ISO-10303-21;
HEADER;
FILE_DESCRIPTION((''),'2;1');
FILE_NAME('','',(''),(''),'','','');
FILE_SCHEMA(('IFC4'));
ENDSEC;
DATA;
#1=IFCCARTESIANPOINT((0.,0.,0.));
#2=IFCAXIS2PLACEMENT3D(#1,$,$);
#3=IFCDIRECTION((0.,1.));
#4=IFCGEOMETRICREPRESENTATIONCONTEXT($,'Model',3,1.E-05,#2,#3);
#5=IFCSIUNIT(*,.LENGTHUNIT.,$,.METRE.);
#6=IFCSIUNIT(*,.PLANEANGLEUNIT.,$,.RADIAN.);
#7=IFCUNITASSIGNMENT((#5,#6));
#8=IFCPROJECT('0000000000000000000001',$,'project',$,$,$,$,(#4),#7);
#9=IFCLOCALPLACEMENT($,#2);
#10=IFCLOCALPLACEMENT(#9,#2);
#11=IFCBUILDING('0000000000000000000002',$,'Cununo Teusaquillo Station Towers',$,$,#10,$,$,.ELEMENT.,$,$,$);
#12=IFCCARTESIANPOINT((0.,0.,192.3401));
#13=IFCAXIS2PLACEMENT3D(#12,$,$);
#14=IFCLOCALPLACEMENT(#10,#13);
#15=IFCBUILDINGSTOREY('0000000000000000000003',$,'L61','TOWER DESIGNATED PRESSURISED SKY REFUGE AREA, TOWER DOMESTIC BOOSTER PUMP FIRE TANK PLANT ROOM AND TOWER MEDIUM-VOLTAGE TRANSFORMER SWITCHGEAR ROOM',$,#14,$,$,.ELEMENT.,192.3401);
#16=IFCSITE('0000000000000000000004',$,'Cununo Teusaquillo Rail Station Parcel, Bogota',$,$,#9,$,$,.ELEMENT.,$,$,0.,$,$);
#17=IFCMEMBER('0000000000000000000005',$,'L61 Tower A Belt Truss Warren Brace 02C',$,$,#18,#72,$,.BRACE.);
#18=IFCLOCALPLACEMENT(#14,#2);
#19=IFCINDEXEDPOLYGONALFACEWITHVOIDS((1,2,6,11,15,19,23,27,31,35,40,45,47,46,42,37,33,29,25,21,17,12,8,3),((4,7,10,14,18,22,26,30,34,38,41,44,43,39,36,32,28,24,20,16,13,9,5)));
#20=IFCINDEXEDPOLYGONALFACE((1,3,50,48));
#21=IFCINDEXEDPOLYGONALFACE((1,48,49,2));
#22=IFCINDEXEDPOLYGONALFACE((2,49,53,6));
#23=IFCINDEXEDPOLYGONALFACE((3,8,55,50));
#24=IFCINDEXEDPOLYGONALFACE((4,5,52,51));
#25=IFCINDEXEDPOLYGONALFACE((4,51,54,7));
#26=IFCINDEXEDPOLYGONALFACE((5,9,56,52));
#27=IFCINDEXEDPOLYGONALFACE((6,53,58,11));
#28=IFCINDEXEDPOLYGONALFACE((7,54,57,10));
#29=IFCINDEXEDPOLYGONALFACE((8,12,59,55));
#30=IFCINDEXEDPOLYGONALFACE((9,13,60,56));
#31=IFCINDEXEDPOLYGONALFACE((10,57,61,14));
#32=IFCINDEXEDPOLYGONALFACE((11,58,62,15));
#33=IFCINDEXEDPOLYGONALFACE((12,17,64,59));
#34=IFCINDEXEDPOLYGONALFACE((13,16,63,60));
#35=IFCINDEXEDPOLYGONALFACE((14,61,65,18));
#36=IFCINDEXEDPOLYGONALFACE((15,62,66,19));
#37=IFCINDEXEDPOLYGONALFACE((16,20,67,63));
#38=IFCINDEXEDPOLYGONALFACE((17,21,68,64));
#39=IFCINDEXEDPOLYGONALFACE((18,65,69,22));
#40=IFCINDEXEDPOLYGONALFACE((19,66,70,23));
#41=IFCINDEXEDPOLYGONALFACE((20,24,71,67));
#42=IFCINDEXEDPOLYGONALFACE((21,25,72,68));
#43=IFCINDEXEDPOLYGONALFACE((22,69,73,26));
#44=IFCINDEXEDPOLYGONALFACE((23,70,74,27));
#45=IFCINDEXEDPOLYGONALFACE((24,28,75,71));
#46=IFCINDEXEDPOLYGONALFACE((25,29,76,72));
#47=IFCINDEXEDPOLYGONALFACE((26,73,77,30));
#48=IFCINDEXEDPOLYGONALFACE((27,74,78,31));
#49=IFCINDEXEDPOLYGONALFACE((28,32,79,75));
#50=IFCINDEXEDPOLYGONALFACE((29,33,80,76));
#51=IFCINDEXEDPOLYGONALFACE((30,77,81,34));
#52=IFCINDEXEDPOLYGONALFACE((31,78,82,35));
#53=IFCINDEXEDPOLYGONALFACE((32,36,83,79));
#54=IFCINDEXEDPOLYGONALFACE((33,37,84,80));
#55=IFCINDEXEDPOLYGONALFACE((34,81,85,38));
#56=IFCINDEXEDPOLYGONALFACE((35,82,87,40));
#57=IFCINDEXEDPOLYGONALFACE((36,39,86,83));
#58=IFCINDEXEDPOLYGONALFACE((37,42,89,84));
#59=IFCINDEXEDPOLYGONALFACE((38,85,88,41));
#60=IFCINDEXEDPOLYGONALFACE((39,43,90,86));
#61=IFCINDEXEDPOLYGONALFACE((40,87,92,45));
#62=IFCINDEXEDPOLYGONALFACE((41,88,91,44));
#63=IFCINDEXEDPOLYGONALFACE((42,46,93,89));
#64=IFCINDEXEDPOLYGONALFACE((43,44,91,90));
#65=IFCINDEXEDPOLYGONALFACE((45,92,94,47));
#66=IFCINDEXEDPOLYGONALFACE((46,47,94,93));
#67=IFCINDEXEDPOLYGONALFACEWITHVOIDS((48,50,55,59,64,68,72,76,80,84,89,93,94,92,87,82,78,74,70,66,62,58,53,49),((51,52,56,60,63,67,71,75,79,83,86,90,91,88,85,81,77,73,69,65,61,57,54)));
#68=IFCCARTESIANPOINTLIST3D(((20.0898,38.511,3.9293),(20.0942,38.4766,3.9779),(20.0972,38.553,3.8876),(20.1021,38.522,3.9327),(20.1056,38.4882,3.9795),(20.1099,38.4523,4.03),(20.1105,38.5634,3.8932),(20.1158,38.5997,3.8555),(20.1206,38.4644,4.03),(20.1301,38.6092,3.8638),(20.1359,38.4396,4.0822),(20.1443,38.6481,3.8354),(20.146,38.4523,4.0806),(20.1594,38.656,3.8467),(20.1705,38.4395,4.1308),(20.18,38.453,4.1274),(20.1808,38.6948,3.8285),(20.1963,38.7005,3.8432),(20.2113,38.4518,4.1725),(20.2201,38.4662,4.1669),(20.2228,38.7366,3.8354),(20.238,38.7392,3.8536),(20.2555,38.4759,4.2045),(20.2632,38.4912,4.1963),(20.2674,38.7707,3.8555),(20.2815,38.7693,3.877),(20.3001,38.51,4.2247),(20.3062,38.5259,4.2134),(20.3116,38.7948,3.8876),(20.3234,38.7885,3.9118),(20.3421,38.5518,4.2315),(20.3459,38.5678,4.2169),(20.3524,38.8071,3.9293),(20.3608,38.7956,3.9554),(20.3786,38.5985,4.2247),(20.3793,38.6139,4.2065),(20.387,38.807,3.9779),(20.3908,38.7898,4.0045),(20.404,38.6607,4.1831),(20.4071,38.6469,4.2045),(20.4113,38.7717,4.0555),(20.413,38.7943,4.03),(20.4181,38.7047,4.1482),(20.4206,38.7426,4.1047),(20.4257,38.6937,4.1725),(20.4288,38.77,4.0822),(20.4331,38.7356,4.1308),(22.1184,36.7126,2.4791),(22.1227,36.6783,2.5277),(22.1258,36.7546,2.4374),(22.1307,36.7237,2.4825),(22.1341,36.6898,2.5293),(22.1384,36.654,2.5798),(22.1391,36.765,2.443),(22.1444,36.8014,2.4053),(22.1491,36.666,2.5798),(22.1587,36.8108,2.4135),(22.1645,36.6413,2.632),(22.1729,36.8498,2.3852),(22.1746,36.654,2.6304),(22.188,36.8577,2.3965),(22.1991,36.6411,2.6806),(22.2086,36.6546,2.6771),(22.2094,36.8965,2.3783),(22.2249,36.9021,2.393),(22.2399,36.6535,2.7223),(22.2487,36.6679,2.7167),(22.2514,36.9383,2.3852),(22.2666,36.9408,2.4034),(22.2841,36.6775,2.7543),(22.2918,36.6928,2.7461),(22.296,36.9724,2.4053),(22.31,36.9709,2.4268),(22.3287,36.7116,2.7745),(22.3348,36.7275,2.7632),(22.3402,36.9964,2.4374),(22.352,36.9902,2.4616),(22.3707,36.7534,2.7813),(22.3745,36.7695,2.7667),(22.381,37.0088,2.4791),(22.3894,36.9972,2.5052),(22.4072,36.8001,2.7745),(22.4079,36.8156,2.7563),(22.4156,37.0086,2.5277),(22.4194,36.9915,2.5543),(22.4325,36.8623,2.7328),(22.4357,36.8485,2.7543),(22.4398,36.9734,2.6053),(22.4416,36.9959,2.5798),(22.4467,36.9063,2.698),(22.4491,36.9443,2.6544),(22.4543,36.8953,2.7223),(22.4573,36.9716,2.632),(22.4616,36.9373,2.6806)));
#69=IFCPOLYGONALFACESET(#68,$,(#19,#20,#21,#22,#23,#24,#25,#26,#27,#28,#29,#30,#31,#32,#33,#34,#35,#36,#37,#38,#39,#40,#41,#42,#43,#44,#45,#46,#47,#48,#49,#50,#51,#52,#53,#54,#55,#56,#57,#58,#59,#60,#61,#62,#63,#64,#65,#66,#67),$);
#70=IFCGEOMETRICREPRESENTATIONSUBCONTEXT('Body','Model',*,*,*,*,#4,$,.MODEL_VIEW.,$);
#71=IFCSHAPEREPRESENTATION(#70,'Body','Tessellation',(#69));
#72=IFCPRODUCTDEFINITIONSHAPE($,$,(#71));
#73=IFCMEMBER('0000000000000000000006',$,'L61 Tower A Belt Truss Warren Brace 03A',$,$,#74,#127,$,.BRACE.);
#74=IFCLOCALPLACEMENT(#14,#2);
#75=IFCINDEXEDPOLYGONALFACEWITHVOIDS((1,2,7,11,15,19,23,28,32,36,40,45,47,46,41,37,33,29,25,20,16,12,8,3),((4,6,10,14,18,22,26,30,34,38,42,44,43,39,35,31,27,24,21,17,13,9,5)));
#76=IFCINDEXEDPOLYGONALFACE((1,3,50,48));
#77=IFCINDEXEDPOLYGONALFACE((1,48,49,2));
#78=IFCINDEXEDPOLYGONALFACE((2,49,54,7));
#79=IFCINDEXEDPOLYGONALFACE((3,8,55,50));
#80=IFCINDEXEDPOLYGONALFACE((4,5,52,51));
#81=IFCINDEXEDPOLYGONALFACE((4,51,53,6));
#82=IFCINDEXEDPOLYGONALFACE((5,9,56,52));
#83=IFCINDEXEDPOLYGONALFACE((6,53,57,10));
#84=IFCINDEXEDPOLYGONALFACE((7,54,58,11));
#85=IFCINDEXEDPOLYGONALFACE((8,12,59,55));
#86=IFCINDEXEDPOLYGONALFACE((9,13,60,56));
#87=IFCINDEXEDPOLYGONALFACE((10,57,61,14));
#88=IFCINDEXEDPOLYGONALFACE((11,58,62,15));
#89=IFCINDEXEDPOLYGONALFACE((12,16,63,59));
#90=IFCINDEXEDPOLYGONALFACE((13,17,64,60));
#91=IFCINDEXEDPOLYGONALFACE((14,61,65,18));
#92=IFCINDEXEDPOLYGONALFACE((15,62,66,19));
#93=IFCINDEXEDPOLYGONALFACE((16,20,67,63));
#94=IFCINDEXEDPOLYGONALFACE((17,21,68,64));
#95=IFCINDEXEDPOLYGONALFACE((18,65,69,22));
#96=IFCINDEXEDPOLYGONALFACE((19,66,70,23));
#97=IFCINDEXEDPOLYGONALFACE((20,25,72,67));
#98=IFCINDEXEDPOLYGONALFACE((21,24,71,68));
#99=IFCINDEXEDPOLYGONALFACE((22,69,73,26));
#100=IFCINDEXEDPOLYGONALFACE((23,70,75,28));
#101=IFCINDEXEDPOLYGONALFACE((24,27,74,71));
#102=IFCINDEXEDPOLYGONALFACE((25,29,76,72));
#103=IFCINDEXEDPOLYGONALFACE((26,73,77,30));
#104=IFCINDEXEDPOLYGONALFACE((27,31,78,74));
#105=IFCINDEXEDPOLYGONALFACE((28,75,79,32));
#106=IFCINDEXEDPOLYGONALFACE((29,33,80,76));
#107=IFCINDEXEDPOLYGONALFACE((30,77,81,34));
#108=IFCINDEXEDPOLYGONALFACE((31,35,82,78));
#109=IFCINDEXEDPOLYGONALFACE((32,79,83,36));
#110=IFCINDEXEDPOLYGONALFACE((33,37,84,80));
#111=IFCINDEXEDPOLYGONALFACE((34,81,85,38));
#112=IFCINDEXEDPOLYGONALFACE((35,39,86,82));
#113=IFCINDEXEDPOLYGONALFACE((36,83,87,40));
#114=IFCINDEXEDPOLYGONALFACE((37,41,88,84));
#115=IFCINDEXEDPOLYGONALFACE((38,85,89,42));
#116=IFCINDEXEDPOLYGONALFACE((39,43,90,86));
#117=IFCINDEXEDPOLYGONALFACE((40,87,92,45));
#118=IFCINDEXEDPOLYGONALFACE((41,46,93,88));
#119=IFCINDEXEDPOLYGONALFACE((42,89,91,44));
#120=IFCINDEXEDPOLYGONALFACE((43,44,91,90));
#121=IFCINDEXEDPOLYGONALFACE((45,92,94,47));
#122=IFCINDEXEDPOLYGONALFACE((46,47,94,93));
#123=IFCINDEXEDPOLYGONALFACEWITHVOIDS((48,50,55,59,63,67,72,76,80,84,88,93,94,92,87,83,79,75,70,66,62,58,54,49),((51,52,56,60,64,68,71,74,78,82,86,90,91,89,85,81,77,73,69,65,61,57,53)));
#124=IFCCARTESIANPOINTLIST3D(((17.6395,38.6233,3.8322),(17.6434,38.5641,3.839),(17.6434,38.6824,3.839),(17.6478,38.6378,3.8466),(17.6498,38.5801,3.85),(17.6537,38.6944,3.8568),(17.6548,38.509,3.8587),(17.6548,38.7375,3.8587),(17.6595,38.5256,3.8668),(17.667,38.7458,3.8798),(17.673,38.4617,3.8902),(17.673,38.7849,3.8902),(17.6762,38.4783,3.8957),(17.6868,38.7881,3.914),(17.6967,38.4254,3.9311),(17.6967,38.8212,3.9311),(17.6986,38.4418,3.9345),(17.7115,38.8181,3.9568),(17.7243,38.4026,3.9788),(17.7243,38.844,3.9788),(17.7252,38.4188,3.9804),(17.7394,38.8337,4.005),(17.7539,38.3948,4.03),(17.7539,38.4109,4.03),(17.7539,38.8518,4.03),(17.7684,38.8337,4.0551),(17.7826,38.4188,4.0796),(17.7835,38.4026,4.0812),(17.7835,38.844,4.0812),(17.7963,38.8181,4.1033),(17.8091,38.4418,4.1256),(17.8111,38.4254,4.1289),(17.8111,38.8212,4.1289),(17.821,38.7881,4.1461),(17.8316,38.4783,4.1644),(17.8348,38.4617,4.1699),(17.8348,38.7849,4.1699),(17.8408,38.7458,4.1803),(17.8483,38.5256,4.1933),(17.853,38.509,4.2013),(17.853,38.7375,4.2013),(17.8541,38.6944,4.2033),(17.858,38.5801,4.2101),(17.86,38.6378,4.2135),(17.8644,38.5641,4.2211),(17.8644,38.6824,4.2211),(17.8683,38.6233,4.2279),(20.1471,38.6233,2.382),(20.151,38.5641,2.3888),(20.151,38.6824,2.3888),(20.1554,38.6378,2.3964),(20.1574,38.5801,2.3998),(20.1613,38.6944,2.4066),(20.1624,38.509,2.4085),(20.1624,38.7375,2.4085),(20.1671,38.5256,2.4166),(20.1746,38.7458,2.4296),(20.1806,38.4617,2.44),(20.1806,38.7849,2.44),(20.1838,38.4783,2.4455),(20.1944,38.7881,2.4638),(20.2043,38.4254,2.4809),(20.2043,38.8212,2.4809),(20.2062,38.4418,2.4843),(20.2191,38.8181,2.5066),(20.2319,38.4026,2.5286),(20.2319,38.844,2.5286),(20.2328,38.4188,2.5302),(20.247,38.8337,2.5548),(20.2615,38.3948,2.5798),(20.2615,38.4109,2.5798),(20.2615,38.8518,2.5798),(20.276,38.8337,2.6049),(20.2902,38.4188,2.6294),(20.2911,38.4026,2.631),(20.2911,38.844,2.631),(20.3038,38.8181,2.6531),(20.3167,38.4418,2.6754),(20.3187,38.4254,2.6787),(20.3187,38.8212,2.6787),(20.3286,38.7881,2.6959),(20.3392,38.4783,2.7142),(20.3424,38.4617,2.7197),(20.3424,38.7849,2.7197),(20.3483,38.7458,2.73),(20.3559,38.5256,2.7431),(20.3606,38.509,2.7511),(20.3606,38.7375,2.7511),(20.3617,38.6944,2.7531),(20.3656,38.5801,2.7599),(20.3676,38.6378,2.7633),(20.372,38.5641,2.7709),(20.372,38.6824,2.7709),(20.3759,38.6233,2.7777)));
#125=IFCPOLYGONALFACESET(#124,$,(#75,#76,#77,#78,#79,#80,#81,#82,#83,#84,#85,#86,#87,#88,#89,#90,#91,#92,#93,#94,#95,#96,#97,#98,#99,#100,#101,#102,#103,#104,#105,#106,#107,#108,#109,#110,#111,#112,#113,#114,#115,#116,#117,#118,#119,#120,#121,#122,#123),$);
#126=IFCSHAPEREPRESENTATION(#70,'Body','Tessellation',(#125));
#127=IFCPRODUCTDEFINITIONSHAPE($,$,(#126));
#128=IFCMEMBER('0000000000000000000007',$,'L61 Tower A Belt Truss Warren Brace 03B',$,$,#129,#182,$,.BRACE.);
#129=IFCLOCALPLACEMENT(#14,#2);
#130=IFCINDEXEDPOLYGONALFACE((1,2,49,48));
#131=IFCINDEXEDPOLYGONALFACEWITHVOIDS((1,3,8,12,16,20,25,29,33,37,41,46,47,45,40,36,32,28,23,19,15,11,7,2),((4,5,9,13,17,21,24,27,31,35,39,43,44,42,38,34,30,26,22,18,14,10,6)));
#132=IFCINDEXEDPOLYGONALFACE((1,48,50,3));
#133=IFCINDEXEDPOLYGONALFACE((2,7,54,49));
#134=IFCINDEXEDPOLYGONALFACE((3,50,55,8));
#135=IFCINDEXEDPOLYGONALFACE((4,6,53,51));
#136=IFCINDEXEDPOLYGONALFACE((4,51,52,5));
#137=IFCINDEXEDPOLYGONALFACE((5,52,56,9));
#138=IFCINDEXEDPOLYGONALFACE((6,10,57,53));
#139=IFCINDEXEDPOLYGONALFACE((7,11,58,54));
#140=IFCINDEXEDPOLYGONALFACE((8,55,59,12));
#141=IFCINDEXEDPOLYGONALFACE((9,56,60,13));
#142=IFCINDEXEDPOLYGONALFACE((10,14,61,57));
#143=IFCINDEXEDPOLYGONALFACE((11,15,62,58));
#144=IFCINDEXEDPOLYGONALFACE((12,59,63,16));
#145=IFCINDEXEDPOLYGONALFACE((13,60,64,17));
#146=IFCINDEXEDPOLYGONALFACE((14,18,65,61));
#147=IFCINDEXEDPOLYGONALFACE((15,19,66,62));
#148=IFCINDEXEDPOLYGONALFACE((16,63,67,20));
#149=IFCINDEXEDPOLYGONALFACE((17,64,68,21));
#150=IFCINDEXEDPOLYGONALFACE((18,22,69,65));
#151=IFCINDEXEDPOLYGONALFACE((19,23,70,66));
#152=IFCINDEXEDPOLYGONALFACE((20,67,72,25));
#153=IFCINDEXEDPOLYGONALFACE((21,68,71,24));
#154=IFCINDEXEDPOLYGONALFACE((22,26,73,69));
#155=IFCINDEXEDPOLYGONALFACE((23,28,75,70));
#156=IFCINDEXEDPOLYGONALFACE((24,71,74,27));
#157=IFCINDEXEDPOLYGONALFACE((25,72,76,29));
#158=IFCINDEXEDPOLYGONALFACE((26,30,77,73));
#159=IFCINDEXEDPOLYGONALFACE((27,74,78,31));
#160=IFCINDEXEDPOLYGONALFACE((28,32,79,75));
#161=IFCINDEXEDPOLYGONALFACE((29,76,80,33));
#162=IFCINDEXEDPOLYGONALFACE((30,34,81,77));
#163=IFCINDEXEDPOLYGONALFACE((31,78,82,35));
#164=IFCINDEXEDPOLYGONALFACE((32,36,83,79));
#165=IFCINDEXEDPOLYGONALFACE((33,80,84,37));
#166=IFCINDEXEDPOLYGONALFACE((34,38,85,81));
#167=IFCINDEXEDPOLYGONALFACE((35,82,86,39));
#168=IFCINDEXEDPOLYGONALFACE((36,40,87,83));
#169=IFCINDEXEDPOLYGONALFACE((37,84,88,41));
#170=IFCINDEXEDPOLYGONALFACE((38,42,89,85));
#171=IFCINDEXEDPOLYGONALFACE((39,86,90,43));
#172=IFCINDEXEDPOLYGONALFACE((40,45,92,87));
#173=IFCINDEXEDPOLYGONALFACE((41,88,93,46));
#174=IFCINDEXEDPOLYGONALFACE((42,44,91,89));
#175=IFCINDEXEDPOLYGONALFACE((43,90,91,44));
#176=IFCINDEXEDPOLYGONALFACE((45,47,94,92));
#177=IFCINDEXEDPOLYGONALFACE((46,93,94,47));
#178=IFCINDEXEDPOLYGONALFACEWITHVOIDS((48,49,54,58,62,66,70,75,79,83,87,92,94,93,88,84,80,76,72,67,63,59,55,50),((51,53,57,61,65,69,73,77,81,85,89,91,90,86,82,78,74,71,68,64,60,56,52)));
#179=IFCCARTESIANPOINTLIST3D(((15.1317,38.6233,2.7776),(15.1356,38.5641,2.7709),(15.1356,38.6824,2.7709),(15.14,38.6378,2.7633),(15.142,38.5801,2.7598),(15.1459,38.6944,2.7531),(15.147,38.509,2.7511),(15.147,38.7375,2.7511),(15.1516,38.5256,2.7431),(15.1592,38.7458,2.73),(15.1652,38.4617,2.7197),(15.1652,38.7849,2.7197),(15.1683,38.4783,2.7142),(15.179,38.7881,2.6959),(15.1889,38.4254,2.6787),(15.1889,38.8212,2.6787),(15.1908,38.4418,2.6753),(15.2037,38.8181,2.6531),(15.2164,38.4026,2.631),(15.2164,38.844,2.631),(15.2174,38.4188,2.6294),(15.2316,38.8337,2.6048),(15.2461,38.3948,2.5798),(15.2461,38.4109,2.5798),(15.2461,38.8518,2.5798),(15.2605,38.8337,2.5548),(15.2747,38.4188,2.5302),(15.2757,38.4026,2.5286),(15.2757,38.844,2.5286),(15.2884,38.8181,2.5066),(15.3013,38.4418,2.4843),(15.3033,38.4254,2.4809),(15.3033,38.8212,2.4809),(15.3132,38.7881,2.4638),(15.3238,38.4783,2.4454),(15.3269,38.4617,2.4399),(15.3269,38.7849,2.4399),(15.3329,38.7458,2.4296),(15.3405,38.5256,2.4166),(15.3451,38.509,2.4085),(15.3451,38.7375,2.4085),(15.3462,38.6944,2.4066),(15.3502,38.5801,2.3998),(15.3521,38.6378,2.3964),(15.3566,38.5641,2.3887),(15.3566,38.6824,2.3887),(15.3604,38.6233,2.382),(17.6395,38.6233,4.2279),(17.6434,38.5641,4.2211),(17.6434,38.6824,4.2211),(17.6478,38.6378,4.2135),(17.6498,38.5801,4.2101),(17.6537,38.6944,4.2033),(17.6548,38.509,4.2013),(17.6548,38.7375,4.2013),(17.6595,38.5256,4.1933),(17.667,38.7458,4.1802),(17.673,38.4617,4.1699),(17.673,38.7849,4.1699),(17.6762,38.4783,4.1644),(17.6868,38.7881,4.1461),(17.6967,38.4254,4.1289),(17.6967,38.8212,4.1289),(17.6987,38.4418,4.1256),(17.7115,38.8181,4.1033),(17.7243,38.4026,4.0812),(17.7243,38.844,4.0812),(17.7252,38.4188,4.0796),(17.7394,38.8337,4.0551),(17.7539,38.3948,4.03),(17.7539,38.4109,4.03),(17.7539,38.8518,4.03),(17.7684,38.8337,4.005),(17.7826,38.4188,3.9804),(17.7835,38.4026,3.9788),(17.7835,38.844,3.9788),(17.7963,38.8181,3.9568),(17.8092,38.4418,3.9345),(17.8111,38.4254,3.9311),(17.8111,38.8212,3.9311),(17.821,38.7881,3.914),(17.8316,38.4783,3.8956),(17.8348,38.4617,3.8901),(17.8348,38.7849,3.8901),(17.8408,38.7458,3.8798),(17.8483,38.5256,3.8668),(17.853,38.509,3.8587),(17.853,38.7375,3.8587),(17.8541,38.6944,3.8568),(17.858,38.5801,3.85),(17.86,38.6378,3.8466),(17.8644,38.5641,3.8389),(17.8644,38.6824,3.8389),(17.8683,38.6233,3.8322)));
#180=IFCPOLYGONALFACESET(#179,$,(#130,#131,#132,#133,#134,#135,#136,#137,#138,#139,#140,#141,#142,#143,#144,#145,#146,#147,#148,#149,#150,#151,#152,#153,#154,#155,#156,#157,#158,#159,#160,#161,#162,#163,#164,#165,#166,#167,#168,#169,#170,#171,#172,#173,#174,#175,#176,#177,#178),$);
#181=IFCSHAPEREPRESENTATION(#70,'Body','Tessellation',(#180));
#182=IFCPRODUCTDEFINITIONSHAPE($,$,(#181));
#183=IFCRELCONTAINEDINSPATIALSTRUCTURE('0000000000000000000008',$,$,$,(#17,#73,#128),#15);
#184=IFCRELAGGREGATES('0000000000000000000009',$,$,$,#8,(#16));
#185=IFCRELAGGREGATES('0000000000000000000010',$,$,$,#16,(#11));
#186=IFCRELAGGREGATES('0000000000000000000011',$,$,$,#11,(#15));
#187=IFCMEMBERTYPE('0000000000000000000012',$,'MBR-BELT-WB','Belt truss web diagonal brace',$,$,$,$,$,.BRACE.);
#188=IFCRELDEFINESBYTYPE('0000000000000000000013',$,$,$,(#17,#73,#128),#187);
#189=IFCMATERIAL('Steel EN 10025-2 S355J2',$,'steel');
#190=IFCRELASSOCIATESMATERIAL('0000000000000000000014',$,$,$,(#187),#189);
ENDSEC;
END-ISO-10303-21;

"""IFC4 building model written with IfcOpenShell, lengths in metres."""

from ifc_helpers import new_model, si_unit, direction, frame, origin, origin_2d, place, context, subcontext, project, spatial, hollow_circle, extrude, material, material_profile, profile_set, type_object, element, save


model = new_model("IFC4")

# Units and contexts
model_context = context("Model", 3, precision=1e-05, world=origin(), true_north=direction((0.0, 1.0)))
body_context = subcontext(model_context, "Body", "Model", "MODEL_VIEW")
ifc_project = project(units=[si_unit("LENGTHUNIT", "METRE"), si_unit("PLANEANGLEUNIT", "RADIAN")], contexts=[model_context])

# Site, building, storey
site_placement = place(None, origin())
site = spatial("IfcSite", under=ifc_project, at=site_placement, Name="Cununo Teusaquillo Rail Station Parcel, Bogota", CompositionType="ELEMENT", RefElevation=0.0)
building_placement = place(site_placement, origin())
building = spatial("IfcBuilding", under=site, at=building_placement, Name="Cununo Teusaquillo Station Towers", CompositionType="ELEMENT")
storey_placement = place(building_placement, frame((0.0, 0.0, 192.3401)))
storey = spatial("IfcBuildingStorey", under=building, at=storey_placement, Name="L61", Description="TOWER DESIGNATED PRESSURISED SKY REFUGE AREA, TOWER DOMESTIC BOOSTER PUMP FIRE TANK PLANT ROOM AND TOWER MEDIUM-VOLTAGE TRANSFORMER SWITCHGEAR ROOM", CompositionType="ELEMENT", Elevation=192.3401)

# Members
ifc_material_1 = material(Name="Steel EN 10025-2 S355J2", Category="steel")
ifc_material_profile_1 = material_profile(ifc_material_1, hollow_circle(Radius=0.2285, WallThickness=0.0161, at=origin_2d()), Name="CHS 457x16")
ifc_profile_set_1 = profile_set([ifc_material_profile_1], Name="Steel EN 10025-2 S355J2")
member_type_1 = type_object("IfcMemberType", Name="MBR-BELT-WB", Description="Belt truss web diagonal brace", PredefinedType="BRACE", material=ifc_profile_set_1)
member_1_placement = place(storey_placement, frame((22.29, 36.825, 2.5798), z_axis=(-0.659816, 0.584933, 0.471695), x_axis=(-0.663368, -0.748293, 0.0)))
element("IfcMember", 1, at=member_1_placement, inside=storey, type_object=member_type_1, Name="L61 Tower A Belt Truss Warren Brace 02C", PredefinedType="BRACE", context=body_context, shape_type="SweptSolid", body=[
    extrude(hollow_circle(Radius=0.2285, WallThickness=0.0161, at=origin_2d()), origin(), (0.0, 0.0, 1.0), 3.0745),
])
member_2_placement = place(storey_placement, frame((20.2615, 38.6233, 2.5798), z_axis=(-0.865659, 0.0, 0.500634), x_axis=(0.0, -1.0, 0.0)))
element("IfcMember", 2, at=member_2_placement, inside=storey, type_object=member_type_1, Name="L61 Tower A Belt Truss Warren Brace 03A", PredefinedType="BRACE", context=body_context, shape_type="SweptSolid", body=[
    extrude(hollow_circle(Radius=0.2285, WallThickness=0.0161, at=origin_2d()), origin(), (0.0, 0.0, 1.0), 2.8967),
])
member_3_placement = place(storey_placement, frame((17.7539, 38.6233, 4.03), z_axis=(-0.86568, 0.0, -0.500598), x_axis=(0.0, -1.0, 0.0)))
element("IfcMember", 3, at=member_3_placement, inside=storey, type_object=member_type_1, Name="L61 Tower A Belt Truss Warren Brace 03B", PredefinedType="BRACE", context=body_context, shape_type="SweptSolid", body=[
    extrude(hollow_circle(Radius=0.2285, WallThickness=0.0161, at=origin_2d()), origin(), (0.0, 0.0, 1.0), 2.897),
])

save(model, "model.ifc")
